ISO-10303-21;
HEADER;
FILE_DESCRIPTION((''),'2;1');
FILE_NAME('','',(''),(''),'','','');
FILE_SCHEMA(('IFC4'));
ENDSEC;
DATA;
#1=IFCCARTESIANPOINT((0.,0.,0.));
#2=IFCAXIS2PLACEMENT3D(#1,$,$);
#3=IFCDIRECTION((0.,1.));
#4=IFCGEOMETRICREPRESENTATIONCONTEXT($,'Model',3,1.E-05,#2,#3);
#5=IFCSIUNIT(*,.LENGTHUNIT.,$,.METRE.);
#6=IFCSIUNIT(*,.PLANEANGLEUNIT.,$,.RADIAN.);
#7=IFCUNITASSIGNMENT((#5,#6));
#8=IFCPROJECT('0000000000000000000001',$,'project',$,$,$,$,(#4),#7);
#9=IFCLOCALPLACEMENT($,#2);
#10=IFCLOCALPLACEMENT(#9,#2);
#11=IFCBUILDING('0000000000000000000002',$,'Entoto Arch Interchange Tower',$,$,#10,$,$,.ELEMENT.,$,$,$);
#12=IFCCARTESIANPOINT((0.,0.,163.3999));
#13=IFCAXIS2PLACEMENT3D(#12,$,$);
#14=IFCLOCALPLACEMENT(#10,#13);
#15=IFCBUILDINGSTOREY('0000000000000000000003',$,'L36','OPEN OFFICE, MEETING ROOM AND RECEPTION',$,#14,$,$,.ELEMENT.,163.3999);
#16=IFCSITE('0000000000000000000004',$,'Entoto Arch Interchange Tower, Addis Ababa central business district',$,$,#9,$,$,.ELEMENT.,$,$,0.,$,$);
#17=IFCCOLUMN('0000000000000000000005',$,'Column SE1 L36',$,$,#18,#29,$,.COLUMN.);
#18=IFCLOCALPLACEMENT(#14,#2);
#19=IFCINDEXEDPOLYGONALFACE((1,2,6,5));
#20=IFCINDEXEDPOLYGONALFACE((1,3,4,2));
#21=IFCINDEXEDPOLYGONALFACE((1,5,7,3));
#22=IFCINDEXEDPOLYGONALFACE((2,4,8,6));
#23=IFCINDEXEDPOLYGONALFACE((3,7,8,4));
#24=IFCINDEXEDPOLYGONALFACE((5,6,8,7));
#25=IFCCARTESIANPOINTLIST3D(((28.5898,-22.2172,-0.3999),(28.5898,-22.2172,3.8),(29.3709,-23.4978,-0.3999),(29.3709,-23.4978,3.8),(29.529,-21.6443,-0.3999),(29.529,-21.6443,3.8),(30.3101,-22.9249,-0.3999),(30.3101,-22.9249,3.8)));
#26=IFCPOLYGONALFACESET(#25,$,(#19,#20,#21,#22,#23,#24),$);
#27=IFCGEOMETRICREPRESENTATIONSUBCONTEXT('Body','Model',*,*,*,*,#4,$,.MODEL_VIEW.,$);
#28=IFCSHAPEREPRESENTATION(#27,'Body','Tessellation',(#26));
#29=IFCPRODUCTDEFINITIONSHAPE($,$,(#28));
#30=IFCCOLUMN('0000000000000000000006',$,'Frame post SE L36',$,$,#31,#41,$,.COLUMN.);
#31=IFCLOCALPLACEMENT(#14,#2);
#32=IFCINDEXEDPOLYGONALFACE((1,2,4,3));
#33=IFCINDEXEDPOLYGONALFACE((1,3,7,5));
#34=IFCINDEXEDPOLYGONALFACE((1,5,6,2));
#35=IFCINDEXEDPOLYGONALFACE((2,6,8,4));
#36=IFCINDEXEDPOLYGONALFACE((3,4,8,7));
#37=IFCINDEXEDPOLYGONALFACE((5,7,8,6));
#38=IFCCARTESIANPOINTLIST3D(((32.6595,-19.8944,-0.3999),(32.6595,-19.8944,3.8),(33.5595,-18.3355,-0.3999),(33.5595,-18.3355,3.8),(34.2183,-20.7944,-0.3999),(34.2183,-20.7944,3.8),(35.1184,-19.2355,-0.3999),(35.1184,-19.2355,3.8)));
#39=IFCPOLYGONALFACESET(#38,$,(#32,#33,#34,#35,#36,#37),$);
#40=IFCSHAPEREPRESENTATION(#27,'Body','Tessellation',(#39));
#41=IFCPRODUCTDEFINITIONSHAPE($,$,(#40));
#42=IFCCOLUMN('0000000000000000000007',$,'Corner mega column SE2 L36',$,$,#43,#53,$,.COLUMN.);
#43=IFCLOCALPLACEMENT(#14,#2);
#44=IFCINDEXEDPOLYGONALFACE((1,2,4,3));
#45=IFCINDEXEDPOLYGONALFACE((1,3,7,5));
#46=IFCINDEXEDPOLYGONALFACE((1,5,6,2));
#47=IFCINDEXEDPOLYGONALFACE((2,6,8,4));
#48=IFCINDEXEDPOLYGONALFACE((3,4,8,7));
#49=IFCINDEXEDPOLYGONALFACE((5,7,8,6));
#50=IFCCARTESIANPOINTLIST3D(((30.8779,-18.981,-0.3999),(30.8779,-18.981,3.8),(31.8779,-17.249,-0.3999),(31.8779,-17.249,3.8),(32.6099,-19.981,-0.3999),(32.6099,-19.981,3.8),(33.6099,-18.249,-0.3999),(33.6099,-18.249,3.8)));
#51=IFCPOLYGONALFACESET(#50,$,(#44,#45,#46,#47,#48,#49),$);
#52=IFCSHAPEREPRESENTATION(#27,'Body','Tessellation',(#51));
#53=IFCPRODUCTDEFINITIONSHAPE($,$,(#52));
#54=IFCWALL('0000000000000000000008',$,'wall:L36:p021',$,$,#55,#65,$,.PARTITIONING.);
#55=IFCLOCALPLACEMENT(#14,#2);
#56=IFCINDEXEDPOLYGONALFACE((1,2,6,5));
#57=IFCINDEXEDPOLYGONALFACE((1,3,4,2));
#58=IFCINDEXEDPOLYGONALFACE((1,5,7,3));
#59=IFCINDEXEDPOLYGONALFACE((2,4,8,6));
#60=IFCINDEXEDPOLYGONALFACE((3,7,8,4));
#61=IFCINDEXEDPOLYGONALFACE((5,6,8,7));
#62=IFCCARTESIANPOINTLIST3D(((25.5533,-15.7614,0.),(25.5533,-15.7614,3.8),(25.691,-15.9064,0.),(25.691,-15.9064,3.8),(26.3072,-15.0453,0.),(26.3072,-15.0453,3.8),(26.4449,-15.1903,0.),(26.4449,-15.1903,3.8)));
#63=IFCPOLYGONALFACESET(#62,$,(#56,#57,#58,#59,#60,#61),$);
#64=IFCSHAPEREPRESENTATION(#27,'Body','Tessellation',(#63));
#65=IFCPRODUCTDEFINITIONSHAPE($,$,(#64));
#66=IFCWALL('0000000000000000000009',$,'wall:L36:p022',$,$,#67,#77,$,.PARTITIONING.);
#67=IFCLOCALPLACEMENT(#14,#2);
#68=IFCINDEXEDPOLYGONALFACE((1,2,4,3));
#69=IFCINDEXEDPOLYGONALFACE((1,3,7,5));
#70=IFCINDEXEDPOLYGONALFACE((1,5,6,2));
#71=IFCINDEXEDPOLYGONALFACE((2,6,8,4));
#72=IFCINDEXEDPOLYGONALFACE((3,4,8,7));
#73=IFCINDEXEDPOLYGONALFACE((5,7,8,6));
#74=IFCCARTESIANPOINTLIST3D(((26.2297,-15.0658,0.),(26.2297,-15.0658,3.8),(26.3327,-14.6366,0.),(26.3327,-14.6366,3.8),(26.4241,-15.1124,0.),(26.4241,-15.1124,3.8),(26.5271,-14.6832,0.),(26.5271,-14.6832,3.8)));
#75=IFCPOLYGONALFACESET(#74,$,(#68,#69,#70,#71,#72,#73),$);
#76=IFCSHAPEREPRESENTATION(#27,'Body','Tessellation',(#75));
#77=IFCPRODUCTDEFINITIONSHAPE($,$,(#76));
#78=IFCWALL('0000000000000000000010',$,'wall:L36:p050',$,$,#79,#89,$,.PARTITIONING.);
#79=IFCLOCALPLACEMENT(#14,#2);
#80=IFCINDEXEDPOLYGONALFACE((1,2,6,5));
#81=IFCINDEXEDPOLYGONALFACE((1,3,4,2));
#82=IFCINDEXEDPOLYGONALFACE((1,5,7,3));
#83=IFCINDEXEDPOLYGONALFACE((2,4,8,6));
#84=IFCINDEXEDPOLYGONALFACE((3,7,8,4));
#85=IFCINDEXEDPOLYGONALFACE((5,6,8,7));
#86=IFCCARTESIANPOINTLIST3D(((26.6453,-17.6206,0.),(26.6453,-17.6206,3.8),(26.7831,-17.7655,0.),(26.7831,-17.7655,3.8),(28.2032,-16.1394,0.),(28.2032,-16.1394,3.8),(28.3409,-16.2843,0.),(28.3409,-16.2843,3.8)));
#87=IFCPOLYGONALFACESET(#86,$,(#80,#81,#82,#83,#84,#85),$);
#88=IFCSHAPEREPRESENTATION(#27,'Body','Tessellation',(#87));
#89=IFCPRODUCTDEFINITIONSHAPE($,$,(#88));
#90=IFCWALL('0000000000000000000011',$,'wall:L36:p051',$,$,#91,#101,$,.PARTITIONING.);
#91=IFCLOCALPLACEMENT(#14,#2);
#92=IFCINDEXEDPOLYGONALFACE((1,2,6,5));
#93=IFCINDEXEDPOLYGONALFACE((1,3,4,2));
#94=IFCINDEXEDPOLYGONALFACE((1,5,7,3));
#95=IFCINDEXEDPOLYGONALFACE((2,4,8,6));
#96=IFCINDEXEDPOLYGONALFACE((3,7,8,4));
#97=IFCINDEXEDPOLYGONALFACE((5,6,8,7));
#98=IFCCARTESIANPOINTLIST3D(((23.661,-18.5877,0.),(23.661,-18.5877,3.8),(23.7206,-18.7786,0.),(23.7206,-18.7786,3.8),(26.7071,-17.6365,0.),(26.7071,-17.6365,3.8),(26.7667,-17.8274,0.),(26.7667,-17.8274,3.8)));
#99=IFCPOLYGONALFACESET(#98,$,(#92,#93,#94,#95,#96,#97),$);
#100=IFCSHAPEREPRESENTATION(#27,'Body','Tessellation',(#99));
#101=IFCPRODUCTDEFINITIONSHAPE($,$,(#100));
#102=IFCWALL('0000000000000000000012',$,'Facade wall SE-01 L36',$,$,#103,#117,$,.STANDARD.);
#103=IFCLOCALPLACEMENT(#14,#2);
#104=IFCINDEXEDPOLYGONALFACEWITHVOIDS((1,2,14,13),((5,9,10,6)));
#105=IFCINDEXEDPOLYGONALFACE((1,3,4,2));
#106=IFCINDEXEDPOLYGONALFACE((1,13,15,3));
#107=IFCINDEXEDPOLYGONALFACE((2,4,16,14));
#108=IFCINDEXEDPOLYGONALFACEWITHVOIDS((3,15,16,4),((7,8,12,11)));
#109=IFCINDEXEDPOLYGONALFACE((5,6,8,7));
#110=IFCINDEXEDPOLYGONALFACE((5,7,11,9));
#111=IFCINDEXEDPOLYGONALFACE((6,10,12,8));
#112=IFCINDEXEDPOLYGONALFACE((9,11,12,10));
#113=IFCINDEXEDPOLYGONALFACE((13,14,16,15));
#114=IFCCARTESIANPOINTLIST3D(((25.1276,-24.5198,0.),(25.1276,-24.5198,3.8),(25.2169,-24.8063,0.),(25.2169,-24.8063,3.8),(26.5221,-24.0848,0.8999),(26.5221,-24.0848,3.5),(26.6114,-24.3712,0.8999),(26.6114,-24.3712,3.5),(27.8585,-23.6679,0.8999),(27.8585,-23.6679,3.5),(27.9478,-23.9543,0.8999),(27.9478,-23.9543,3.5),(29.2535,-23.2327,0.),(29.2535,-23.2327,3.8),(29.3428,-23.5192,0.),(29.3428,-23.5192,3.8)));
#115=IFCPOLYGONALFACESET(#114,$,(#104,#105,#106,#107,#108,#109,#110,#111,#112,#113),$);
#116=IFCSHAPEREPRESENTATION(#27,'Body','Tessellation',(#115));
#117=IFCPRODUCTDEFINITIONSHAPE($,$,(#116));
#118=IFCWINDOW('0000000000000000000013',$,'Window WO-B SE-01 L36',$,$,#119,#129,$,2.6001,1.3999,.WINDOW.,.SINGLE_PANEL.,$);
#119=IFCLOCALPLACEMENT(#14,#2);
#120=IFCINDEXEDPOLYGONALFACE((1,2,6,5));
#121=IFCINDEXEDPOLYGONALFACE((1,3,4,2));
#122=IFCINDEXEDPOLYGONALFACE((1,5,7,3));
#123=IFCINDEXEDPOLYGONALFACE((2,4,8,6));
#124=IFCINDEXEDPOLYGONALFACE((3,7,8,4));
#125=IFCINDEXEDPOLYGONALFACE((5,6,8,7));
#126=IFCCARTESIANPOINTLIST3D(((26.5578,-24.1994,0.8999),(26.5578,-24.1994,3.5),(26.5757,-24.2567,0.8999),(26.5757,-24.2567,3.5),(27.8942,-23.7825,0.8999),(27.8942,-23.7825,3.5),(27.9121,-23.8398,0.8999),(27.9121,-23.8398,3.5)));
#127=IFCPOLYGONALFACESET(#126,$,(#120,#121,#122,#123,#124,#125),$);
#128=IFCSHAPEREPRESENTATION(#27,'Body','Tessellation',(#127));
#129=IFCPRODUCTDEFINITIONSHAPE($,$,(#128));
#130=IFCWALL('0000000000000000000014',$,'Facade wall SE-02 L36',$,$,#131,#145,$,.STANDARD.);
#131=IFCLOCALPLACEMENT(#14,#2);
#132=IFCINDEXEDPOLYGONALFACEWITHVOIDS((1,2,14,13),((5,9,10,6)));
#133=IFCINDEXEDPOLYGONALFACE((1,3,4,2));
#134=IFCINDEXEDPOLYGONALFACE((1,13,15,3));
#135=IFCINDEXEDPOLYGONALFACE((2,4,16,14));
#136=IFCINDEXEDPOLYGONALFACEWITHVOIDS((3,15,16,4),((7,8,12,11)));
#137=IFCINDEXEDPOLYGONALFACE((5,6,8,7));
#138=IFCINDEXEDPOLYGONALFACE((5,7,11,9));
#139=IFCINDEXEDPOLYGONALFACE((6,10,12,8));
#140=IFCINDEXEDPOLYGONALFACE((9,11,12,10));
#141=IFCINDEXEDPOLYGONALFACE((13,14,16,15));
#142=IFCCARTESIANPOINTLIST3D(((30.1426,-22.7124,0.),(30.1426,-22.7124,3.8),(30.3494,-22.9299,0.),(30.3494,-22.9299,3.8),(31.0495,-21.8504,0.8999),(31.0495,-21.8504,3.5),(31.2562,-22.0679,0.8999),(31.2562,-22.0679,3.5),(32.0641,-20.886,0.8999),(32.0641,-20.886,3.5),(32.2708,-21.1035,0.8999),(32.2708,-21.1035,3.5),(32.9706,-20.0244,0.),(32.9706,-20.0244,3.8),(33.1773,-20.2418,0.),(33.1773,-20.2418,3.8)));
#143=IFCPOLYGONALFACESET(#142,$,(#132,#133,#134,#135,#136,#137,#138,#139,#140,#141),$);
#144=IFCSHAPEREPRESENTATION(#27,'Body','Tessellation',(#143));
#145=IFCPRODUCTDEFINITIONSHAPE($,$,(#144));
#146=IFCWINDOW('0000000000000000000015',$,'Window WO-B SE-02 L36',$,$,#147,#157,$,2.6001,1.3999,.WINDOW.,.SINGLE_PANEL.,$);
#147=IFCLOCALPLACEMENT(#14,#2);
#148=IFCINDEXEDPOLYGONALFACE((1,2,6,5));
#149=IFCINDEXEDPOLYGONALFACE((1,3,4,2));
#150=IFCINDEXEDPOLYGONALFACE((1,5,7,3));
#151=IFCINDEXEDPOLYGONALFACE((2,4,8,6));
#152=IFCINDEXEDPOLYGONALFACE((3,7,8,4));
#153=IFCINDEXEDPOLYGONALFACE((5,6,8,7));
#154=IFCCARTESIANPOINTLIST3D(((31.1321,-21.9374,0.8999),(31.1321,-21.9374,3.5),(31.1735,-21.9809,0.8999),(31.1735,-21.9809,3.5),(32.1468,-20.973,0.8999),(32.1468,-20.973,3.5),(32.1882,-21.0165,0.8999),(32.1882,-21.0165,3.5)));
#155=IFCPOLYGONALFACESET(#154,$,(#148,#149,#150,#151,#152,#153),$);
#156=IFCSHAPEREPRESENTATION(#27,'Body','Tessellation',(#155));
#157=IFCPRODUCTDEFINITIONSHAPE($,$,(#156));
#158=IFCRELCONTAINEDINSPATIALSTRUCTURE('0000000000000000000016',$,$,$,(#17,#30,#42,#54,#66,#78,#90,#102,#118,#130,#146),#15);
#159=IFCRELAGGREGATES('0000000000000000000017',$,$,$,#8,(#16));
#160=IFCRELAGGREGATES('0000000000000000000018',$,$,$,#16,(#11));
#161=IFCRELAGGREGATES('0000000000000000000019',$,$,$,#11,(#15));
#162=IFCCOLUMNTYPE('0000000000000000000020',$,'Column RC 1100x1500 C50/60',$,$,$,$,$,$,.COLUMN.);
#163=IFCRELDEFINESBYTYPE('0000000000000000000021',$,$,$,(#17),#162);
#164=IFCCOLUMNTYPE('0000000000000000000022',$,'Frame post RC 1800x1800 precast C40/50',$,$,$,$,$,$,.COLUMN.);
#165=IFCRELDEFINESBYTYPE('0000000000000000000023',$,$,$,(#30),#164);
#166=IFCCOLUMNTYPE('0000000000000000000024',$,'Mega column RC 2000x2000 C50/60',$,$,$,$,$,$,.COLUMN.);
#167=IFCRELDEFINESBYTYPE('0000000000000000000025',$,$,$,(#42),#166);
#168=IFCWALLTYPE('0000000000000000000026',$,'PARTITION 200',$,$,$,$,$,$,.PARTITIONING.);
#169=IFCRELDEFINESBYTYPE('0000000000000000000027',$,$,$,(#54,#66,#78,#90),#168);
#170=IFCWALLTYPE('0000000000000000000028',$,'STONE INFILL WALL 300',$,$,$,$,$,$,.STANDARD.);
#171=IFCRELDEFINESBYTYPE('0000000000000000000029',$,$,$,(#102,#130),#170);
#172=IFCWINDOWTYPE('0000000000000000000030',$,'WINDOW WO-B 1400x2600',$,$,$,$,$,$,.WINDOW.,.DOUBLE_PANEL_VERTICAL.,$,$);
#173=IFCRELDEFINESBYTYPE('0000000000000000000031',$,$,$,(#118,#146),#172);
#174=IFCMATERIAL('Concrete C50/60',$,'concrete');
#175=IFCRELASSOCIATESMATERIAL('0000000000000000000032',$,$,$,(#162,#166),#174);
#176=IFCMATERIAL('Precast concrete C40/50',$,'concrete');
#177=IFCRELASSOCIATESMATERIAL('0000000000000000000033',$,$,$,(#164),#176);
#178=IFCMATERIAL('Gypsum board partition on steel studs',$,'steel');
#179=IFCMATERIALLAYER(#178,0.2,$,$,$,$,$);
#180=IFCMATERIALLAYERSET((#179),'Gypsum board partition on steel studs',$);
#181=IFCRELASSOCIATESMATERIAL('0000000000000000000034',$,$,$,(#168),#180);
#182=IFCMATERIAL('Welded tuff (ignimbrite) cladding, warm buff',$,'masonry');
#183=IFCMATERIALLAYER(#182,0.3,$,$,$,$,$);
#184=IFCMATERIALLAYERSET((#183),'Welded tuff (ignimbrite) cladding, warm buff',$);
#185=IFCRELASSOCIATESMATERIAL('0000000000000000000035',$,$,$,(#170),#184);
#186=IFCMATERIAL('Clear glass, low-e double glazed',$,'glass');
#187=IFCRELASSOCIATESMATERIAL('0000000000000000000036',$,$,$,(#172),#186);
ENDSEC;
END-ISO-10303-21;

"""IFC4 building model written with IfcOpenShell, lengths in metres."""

from ifc_helpers import new_model, si_unit, direction, frame, frame_2d, origin, origin_2d, place, context, subcontext, project, spatial, rectangle, extrude, material, layer, layer_set, material_profile, profile_set, type_object, element, fill, save


model = new_model("IFC4")

# Units and contexts
model_context = context("Model", 3, precision=1e-05, world=origin(), true_north=direction((0.0, 1.0)))
body_context = subcontext(model_context, "Body", "Model", "MODEL_VIEW")
ifc_project = project(units=[si_unit("LENGTHUNIT", "METRE"), si_unit("PLANEANGLEUNIT", "RADIAN")], contexts=[model_context])

# Site, building, storey
site_placement = place(None, origin())
site = spatial("IfcSite", under=ifc_project, at=site_placement, Name="Entoto Arch Interchange Tower, Addis Ababa central business district", CompositionType="ELEMENT", RefElevation=0.0)
building_placement = place(site_placement, origin())
building = spatial("IfcBuilding", under=site, at=building_placement, Name="Entoto Arch Interchange Tower", CompositionType="ELEMENT")
storey_placement = place(building_placement, frame((0.0, 0.0, 163.3999)))
storey = spatial("IfcBuildingStorey", under=building, at=storey_placement, Name="L36", Description="OPEN OFFICE, MEETING ROOM AND RECEPTION", CompositionType="ELEMENT", Elevation=163.3999)

# Columns
ifc_material_1 = material(Name="Concrete C50/60", Category="concrete")
ifc_material_profile_1 = material_profile(ifc_material_1, rectangle(XDim=1.1001, YDim=1.5, at=origin_2d()))
ifc_profile_set_1 = profile_set([ifc_material_profile_1], Name="Concrete C50/60")
column_type_1 = type_object("IfcColumnType", Name="Column RC 1100x1500 C50/60", PredefinedType="COLUMN", material=ifc_profile_set_1)
column_1_placement = place(storey_placement, frame((29.45, -22.571, -0.3999), z_axis=(0.0, 0.0, 1.0), x_axis=(0.853714, 0.520741, 0.0)))
element("IfcColumn", 1, at=column_1_placement, inside=storey, type_object=column_type_1, Name="Column SE1 L36", PredefinedType="COLUMN", context=body_context, shape_type="SweptSolid", body=[
    extrude(rectangle(XDim=1.1001, YDim=1.5, at=origin_2d()), origin(), (0.0, 0.0, 1.0), 4.2),
])
ifc_material_2 = material(Name="Precast concrete C40/50", Category="concrete")
ifc_material_profile_2 = material_profile(ifc_material_2, rectangle(XDim=1.8, YDim=1.8, at=origin_2d()))
ifc_profile_set_2 = profile_set([ifc_material_profile_2], Name="Precast concrete C40/50")
column_type_2 = type_object("IfcColumnType", Name="Frame post RC 1800x1800 precast C40/50", PredefinedType="COLUMN", material=ifc_profile_set_2)
column_2_placement = place(storey_placement, frame((33.8889, -19.5649, -0.3999), z_axis=(0.0, 0.0, 1.0), x_axis=(-0.866025, 0.5, 0.0)))
element("IfcColumn", 2, at=column_2_placement, inside=storey, type_object=column_type_2, Name="Frame post SE L36", PredefinedType="COLUMN", context=body_context, shape_type="SweptSolid", body=[
    extrude(rectangle(XDim=1.8, YDim=1.8, at=origin_2d()), origin(), (0.0, 0.0, 1.0), 4.2),
])
ifc_material_profile_3 = material_profile(ifc_material_1, rectangle(XDim=2.0, YDim=2.0, at=origin_2d()))
ifc_profile_set_3 = profile_set([ifc_material_profile_3], Name="Concrete C50/60")
column_type_3 = type_object("IfcColumnType", Name="Mega column RC 2000x2000 C50/60", PredefinedType="COLUMN", material=ifc_profile_set_3)
column_3_placement = place(storey_placement, frame((32.2439, -18.615, -0.3999), z_axis=(0.0, 0.0, 1.0), x_axis=(-0.866025, 0.5, 0.0)))
element("IfcColumn", 3, at=column_3_placement, inside=storey, type_object=column_type_3, Name="Corner mega column SE2 L36", PredefinedType="COLUMN", context=body_context, shape_type="SweptSolid", body=[
    extrude(rectangle(XDim=2.0, YDim=2.0, at=origin_2d()), origin(), (0.0, 0.0, 1.0), 4.2),
])

# Walls
ifc_material_3 = material(Name="Gypsum board partition on steel studs", Category="steel")
ifc_layer_1 = layer(ifc_material_3, 0.2)
ifc_layer_set_1 = layer_set([ifc_layer_1], Name="Gypsum board partition on steel studs")
wall_type_1 = type_object("IfcWallType", Name="PARTITION 200", PredefinedType="PARTITIONING", material=ifc_layer_set_1)
wall_1_placement = place(storey_placement, frame((25.6221, -15.834, 0.0), z_axis=(0.0, 0.0, 1.0), x_axis=(0.72507, 0.688675, 0.0)))
element("IfcWall", 4, at=wall_1_placement, inside=storey, type_object=wall_type_1, Name="wall:L36:p021", PredefinedType="PARTITIONING", context=body_context, shape_type="SweptSolid", body=[
    extrude(rectangle(XDim=1.0398, YDim=0.2, at=frame_2d((0.52, 0.0))), origin(), (0.0, 0.0, 1.0), 3.8),
])
wall_2_placement = place(storey_placement, frame((26.3269, -15.0891, 0.0), z_axis=(0.0, 0.0, 1.0), x_axis=(0.233415, 0.972377, 0.0)))
element("IfcWall", 5, at=wall_2_placement, inside=storey, type_object=wall_type_1, Name="wall:L36:p022", PredefinedType="PARTITIONING", context=body_context, shape_type="SweptSolid", body=[
    extrude(rectangle(XDim=0.4414, YDim=0.2, at=frame_2d((0.2207, 0.0))), origin(), (0.0, 0.0, 1.0), 3.8),
])
wall_3_placement = place(storey_placement, frame((28.272, -16.2119, 0.0), z_axis=(0.0, 0.0, 1.0), x_axis=(-0.724713, -0.689051, 0.0)))
element("IfcWall", 6, at=wall_3_placement, inside=storey, type_object=wall_type_1, Name="wall:L36:p050", PredefinedType="PARTITIONING", context=body_context, shape_type="SweptSolid", body=[
    extrude(rectangle(XDim=2.1497, YDim=0.2, at=frame_2d((1.0747, 0.0))), origin(), (0.0, 0.0, 1.0), 3.8),
])
wall_4_placement = place(storey_placement, frame((26.7371, -17.7319, 0.0), z_axis=(0.0, 0.0, 1.0), x_axis=(-0.954547, -0.298062, 0.0)))
element("IfcWall", 7, at=wall_4_placement, inside=storey, type_object=wall_type_1, Name="wall:L36:p051", PredefinedType="PARTITIONING", context=body_context, shape_type="SweptSolid", body=[
    extrude(rectangle(XDim=3.1912, YDim=0.2, at=frame_2d((1.5957, 0.0))), origin(), (0.0, 0.0, 1.0), 3.8),
])

# Walls, openings, windows
ifc_material_4 = material(Name="Welded tuff (ignimbrite) cladding, warm buff", Category="masonry")
ifc_layer_2 = layer(ifc_material_4, 0.3)
ifc_layer_set_2 = layer_set([ifc_layer_2], Name="Welded tuff (ignimbrite) cladding, warm buff")
wall_type_2 = type_object("IfcWallType", Name="STONE INFILL WALL 300", PredefinedType="STANDARD", material=ifc_layer_set_2)
wall_5_placement = place(storey_placement, frame((25.1721, -24.6631, 0.0), z_axis=(0.0, 0.0, 1.0), x_axis=(0.954629, 0.297799, 0.0)))
wall_5 = element("IfcWall", 8, at=wall_5_placement, inside=storey, type_object=wall_type_2, Name="Facade wall SE-01 L36", PredefinedType="STANDARD", context=body_context, shape_type="SweptSolid", body=[
    extrude(rectangle(XDim=4.322, YDim=0.3, at=frame_2d((2.1611, 0.0))), origin(), (0.0, 0.0, 1.0), 3.8),
])
opening_1_placement = place(wall_5_placement, frame((1.4609, 0.0, 0.8999)))
opening_1 = element("IfcOpeningElement", 9, at=opening_1_placement, cuts=wall_5, PredefinedType="OPENING", context=body_context, shape_type="SweptSolid", body=[
    extrude(rectangle(XDim=1.3999, YDim=2.6001, at=frame_2d((0.7, 1.3))), frame((0.0, 0.1602, 0.0), z_axis=(0.0, -1.0, 0.0), x_axis=(1.0, 0.0, 0.0)), (0.0, 0.0, 1.0), 0.3201),
])
ifc_material_5 = material(Name="Clear glass, low-e double glazed", Category="glass")
window_type = type_object("IfcWindowType", Name="WINDOW WO-B 1400x2600", PartitioningType="DOUBLE_PANEL_VERTICAL", PredefinedType="WINDOW", material=ifc_material_5)
window_1_placement = place(opening_1_placement, origin())
window_1 = element("IfcWindow", 10, at=window_1_placement, inside=storey, type_object=window_type, Name="Window WO-B SE-01 L36", OverallHeight=2.6001, OverallWidth=1.3999, PartitioningType="SINGLE_PANEL", PredefinedType="WINDOW", context=body_context, shape_type="SweptSolid", body=[
    extrude(rectangle(XDim=1.3999, YDim=2.6001, at=frame_2d((0.7, 1.3))), frame((0.0, 0.03, 0.0), z_axis=(0.0, -1.0, 0.0), x_axis=(1.0, 0.0, 0.0)), (0.0, 0.0, 1.0), 0.0601),
])
fill(opening_1, window_1)
wall_6_placement = place(storey_placement, frame((30.2461, -22.821, 0.0), z_axis=(0.0, 0.0, 1.0), x_axis=(0.724807, 0.688952, 0.0)))
wall_6 = element("IfcWall", 11, at=wall_6_placement, inside=storey, type_object=wall_type_2, Name="Facade wall SE-02 L36", PredefinedType="STANDARD", context=body_context, shape_type="SweptSolid", body=[
    extrude(rectangle(XDim=3.9016, YDim=0.3, at=frame_2d((1.9507, 0.0))), origin(), (0.0, 0.0, 1.0), 3.8),
])
opening_2_placement = place(wall_6_placement, frame((1.251, 0.0, 0.8999)))
opening_2 = element("IfcOpeningElement", 12, at=opening_2_placement, cuts=wall_6, PredefinedType="OPENING", context=body_context, shape_type="SweptSolid", body=[
    extrude(rectangle(XDim=1.3999, YDim=2.6001, at=frame_2d((0.7, 1.3))), frame((0.0, 0.1602, 0.0), z_axis=(0.0, -1.0, 0.0), x_axis=(1.0, 0.0, 0.0)), (0.0, 0.0, 1.0), 0.3201),
])
window_2_placement = place(opening_2_placement, origin())
window_2 = element("IfcWindow", 13, at=window_2_placement, inside=storey, type_object=window_type, Name="Window WO-B SE-02 L36", OverallHeight=2.6001, OverallWidth=1.3999, PartitioningType="SINGLE_PANEL", PredefinedType="WINDOW", context=body_context, shape_type="SweptSolid", body=[
    extrude(rectangle(XDim=1.3999, YDim=2.6001, at=frame_2d((0.7, 1.3))), frame((0.0, 0.03, 0.0), z_axis=(0.0, -1.0, 0.0), x_axis=(1.0, 0.0, 0.0)), (0.0, 0.0, 1.0), 0.0601),
])
fill(opening_2, window_2)

save(model, "model.ifc")
